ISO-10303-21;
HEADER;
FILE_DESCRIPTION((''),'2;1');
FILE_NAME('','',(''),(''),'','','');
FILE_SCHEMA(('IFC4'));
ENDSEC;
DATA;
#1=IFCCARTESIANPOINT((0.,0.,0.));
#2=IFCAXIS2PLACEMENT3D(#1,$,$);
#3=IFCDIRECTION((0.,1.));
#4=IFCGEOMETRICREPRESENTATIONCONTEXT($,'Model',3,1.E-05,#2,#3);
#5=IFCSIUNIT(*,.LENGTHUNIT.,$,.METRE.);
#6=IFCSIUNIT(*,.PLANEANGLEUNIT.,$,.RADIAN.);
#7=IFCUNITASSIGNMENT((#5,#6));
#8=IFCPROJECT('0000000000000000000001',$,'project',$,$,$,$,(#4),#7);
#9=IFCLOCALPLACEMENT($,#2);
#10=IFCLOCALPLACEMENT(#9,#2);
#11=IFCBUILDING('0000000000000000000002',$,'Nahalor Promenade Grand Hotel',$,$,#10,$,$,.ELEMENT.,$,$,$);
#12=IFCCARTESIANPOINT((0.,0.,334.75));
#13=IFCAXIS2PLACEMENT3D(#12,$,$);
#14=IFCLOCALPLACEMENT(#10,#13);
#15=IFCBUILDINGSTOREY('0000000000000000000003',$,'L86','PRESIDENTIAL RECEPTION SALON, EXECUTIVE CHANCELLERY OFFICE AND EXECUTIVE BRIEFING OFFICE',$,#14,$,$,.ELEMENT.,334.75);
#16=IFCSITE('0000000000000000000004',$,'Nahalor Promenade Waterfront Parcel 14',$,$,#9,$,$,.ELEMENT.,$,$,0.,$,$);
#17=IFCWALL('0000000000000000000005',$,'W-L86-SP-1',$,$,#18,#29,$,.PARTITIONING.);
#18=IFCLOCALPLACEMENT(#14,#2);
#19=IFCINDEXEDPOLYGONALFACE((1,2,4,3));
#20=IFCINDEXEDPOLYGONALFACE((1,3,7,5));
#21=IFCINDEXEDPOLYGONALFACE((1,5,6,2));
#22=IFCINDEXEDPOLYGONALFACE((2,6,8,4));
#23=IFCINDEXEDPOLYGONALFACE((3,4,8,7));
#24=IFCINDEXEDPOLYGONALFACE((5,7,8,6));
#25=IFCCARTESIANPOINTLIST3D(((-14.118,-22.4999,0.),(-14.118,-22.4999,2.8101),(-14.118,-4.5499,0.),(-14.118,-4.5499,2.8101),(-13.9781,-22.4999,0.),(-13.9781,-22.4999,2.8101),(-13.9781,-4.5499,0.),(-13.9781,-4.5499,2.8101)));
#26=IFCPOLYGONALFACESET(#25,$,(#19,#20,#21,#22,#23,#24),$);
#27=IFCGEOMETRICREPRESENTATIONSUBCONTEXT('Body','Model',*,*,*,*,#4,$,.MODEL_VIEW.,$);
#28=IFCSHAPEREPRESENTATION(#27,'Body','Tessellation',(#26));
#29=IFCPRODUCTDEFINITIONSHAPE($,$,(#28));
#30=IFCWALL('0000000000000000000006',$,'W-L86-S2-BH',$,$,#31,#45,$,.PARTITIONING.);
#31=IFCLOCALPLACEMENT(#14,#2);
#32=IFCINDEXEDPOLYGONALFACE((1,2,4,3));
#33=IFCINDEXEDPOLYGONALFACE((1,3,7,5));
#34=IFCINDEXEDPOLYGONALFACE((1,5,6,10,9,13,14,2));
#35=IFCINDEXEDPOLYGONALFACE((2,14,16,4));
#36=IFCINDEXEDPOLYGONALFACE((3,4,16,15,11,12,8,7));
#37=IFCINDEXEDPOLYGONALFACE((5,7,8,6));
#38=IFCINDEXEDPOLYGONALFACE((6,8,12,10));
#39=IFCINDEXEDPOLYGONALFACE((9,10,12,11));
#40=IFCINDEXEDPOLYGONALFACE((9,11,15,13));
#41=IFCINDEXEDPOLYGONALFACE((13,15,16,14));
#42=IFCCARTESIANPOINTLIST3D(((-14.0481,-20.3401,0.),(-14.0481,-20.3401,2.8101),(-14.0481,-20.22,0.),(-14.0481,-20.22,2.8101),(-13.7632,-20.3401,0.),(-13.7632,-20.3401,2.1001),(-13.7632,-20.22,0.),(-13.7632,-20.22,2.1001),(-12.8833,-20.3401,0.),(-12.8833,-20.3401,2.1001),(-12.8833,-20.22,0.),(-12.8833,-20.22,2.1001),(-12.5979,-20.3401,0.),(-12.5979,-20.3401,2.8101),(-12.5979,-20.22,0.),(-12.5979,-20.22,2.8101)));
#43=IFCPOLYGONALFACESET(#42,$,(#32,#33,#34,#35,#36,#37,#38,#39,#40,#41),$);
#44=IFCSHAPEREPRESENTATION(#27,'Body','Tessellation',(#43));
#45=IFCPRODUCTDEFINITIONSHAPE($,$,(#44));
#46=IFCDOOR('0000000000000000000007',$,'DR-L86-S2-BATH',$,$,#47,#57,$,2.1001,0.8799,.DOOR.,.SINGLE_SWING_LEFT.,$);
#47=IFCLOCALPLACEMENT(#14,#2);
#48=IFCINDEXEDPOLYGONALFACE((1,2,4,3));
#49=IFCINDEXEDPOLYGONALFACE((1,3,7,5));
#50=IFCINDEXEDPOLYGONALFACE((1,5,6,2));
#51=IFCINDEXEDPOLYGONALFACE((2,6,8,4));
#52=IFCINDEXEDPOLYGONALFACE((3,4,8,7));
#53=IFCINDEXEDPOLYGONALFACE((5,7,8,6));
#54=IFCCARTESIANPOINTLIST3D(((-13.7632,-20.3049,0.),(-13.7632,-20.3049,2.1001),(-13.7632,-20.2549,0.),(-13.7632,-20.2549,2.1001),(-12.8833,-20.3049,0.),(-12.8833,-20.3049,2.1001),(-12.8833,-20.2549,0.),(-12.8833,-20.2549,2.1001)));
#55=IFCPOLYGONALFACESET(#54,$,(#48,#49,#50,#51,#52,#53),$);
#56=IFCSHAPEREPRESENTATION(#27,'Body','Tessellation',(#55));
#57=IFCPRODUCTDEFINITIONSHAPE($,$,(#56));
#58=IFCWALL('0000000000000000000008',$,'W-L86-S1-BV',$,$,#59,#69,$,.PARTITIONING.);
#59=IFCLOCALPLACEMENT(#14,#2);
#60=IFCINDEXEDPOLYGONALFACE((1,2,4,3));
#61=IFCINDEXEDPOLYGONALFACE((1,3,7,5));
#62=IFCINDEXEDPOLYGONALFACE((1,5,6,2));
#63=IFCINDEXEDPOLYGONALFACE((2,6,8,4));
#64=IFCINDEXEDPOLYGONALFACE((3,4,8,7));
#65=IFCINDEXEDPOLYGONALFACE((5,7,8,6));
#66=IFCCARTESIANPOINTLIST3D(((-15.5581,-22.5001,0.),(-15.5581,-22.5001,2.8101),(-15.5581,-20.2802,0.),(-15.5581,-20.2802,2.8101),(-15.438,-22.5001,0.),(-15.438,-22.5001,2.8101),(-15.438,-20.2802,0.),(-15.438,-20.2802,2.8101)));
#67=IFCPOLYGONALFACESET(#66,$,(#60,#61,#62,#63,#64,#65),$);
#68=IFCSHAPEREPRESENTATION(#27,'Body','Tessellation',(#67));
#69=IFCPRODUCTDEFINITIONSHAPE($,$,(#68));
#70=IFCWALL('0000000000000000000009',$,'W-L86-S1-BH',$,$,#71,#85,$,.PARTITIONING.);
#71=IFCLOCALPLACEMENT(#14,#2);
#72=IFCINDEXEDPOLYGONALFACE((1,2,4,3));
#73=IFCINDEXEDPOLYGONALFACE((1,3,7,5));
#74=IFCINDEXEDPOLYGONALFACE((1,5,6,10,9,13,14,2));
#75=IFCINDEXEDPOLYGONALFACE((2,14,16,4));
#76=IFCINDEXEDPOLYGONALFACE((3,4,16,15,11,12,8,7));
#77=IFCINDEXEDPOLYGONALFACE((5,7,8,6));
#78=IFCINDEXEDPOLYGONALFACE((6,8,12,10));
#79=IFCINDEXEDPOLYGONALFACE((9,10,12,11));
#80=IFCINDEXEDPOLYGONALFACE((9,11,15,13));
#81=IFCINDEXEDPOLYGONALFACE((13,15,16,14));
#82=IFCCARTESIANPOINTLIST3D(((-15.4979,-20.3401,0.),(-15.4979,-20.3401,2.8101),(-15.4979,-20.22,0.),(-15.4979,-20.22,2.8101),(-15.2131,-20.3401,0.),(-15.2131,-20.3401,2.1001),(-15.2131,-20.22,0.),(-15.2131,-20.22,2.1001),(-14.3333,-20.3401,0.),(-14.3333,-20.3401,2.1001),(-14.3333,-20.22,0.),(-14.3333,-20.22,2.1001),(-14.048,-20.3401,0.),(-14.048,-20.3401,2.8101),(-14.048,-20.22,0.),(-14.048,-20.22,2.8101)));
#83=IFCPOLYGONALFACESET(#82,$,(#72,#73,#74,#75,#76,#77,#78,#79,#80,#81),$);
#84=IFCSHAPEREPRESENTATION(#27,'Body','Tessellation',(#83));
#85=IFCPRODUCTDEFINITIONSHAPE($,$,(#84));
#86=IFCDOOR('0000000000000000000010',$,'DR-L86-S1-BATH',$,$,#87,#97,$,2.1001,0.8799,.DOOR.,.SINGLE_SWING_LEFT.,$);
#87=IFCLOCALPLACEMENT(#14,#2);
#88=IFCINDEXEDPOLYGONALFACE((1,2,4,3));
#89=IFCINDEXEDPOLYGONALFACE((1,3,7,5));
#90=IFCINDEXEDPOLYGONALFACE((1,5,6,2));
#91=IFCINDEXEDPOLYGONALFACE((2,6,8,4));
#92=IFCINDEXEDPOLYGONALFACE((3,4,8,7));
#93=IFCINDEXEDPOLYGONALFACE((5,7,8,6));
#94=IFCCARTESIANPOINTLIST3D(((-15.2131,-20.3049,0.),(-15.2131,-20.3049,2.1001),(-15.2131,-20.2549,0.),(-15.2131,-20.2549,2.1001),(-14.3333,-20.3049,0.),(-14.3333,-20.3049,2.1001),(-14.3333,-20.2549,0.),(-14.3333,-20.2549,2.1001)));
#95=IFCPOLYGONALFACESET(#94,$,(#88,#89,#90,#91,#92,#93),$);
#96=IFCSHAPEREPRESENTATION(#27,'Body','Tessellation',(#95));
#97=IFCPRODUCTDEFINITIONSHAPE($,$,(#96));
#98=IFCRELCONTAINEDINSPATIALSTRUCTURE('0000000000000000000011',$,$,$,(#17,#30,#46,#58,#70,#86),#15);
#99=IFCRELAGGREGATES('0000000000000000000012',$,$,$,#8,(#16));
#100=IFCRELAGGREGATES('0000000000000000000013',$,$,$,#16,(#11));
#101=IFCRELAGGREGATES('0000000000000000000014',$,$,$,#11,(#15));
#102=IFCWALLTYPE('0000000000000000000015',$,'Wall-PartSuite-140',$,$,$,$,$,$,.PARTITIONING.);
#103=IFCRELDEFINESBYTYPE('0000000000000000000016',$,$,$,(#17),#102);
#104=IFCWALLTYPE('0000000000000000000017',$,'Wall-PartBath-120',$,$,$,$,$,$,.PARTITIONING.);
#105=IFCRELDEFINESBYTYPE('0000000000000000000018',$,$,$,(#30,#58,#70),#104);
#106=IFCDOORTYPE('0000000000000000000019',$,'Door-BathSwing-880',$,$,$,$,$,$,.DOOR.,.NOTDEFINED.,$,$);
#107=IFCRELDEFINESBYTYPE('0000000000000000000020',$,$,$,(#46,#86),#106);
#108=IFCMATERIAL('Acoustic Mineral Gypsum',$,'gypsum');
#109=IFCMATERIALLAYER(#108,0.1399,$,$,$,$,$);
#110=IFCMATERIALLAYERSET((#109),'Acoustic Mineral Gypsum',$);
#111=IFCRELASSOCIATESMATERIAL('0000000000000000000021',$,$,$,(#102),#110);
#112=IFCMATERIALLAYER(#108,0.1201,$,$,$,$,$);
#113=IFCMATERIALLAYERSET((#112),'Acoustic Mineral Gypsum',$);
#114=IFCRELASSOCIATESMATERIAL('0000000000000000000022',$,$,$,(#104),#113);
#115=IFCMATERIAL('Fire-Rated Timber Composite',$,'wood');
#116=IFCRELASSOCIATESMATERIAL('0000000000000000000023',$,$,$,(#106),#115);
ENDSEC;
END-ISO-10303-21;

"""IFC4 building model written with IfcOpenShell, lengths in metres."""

from ifc_helpers import new_model, si_unit, direction, frame, frame_2d, origin, place, context, subcontext, project, spatial, rectangle, extrude, source, transform, mapped, material, layer, layer_set, type_object, element, fill, save


model = new_model("IFC4")

# Units and contexts
model_context = context("Model", 3, precision=1e-05, world=origin(), true_north=direction((0.0, 1.0)))
body_context = subcontext(model_context, "Body", "Model", "MODEL_VIEW")
ifc_project = project(units=[si_unit("LENGTHUNIT", "METRE"), si_unit("PLANEANGLEUNIT", "RADIAN")], contexts=[model_context])

# Site, building, storey
site_placement = place(None, origin())
site = spatial("IfcSite", under=ifc_project, at=site_placement, Name="Nahalor Promenade Waterfront Parcel 14", CompositionType="ELEMENT", RefElevation=0.0)
building_placement = place(site_placement, origin())
building = spatial("IfcBuilding", under=site, at=building_placement, Name="Nahalor Promenade Grand Hotel", CompositionType="ELEMENT")
storey_placement = place(building_placement, frame((0.0, 0.0, 334.75)))
storey = spatial("IfcBuildingStorey", under=building, at=storey_placement, Name="L86", Description="PRESIDENTIAL RECEPTION SALON, EXECUTIVE CHANCELLERY OFFICE AND EXECUTIVE BRIEFING OFFICE", CompositionType="ELEMENT", Elevation=334.75)

# Wall
ifc_material_1 = material(Name="Acoustic Mineral Gypsum", Category="gypsum")
ifc_layer_1 = layer(ifc_material_1, 0.1399)
ifc_layer_set_1 = layer_set([ifc_layer_1], Name="Acoustic Mineral Gypsum")
wall_type_1 = type_object("IfcWallType", Name="Wall-PartSuite-140", PredefinedType="PARTITIONING", material=ifc_layer_set_1)
shared_shape_1 = source(origin(), body_context, "Body", "SweptSolid", [
    extrude(rectangle(XDim=17.95, YDim=0.1399, at=frame_2d((8.9751, 0.0))), origin(), (0.0, 0.0, 1.0), 2.8101),
])
wall_1_placement = place(storey_placement, frame((-14.0481, -22.5, 0.0), z_axis=(0.0, 0.0, 1.0), x_axis=(0.0, 1.0, 0.0)))
element("IfcWall", 1, at=wall_1_placement, inside=storey, type_object=wall_type_1, Name="W-L86-SP-1", PredefinedType="PARTITIONING", context=body_context, shape_type="MappedRepresentation", body=[
    mapped(shared_shape_1, transform((0.0, 0.0, 0.0), scale=1.0)),
])

# Wall, opening, door
ifc_layer_2 = layer(ifc_material_1, 0.1201)
ifc_layer_set_2 = layer_set([ifc_layer_2], Name="Acoustic Mineral Gypsum")
wall_type_2 = type_object("IfcWallType", Name="Wall-PartBath-120", PredefinedType="PARTITIONING", material=ifc_layer_set_2)
shared_shape_2 = source(origin(), body_context, "Body", "SweptSolid", [
    extrude(rectangle(XDim=1.4502, YDim=0.1201, at=frame_2d((0.7251, 0.0))), origin(), (0.0, 0.0, 1.0), 2.8101),
])
wall_2_placement = place(storey_placement, frame((-14.0481, -20.28, 0.0), z_axis=(0.0, 0.0, 1.0), x_axis=(1.0, 0.0, 0.0)))
wall_2 = element("IfcWall", 2, at=wall_2_placement, inside=storey, type_object=wall_type_2, Name="W-L86-S2-BH", PredefinedType="PARTITIONING", context=body_context, shape_type="MappedRepresentation", body=[
    mapped(shared_shape_2, transform((0.0, 0.0, 0.0), scale=1.0)),
])
opening_1_placement = place(wall_2_placement, frame((0.2849, 0.0, 0.0)))
opening_1 = element("IfcOpeningElement", 3, at=opening_1_placement, cuts=wall_2, PredefinedType="OPENING", context=body_context, shape_type="SweptSolid", body=[
    extrude(rectangle(XDim=0.8799, YDim=2.1001, at=frame_2d((0.4399, 1.05))), frame((0.0, 0.0701, 0.0), z_axis=(0.0, -1.0, 0.0), x_axis=(1.0, 0.0, 0.0)), (0.0, 0.0, 1.0), 0.1401),
])
ifc_material_2 = material(Name="Fire-Rated Timber Composite", Category="wood")
door_type = type_object("IfcDoorType", Name="Door-BathSwing-880", OperationType="NOTDEFINED", PredefinedType="DOOR", material=ifc_material_2)
shared_shape_3 = source(origin(), body_context, "Body", "SweptSolid", [
    extrude(rectangle(XDim=0.8799, YDim=2.1001, at=frame_2d((0.4399, 1.05))), frame((0.0, 0.0249, 0.0), z_axis=(0.0, -1.0, 0.0), x_axis=(1.0, 0.0, 0.0)), (0.0, 0.0, 1.0), 0.05),
])
door_1_placement = place(opening_1_placement, frame((0.8799, 0.0, 0.0), z_axis=(0.0, 0.0, 1.0), x_axis=(-1.0, 0.0, 0.0)))
door_1 = element("IfcDoor", 4, at=door_1_placement, inside=storey, type_object=door_type, Name="DR-L86-S2-BATH", OperationType="SINGLE_SWING_LEFT", OverallHeight=2.1001, OverallWidth=0.8799, PredefinedType="DOOR", context=body_context, shape_type="MappedRepresentation", body=[
    mapped(shared_shape_3, transform((0.0, 0.0, 0.0), scale=1.0)),
])
fill(opening_1, door_1)

# Wall
shared_shape_4 = source(origin(), body_context, "Body", "SweptSolid", [
    extrude(rectangle(XDim=2.22, YDim=0.1201, at=frame_2d((1.1099, 0.0))), origin(), (0.0, 0.0, 1.0), 2.8101),
])
wall_3_placement = place(storey_placement, frame((-15.498, -22.5, 0.0), z_axis=(0.0, 0.0, 1.0), x_axis=(0.0, 1.0, 0.0)))
element("IfcWall", 5, at=wall_3_placement, inside=storey, type_object=wall_type_2, Name="W-L86-S1-BV", PredefinedType="PARTITIONING", context=body_context, shape_type="MappedRepresentation", body=[
    mapped(shared_shape_4, transform((0.0, 0.0, 0.0), scale=1.0)),
])

# Wall, opening, door
shared_shape_5 = source(origin(), body_context, "Body", "SweptSolid", [
    extrude(rectangle(XDim=1.45, YDim=0.1201, at=frame_2d((0.7251, 0.0))), origin(), (0.0, 0.0, 1.0), 2.8101),
])
wall_4_placement = place(storey_placement, frame((-15.498, -20.28, 0.0), z_axis=(0.0, 0.0, 1.0), x_axis=(1.0, 0.0, 0.0)))
wall_4 = element("IfcWall", 6, at=wall_4_placement, inside=storey, type_object=wall_type_2, Name="W-L86-S1-BH", PredefinedType="PARTITIONING", context=body_context, shape_type="MappedRepresentation", body=[
    mapped(shared_shape_5, transform((0.0, 0.0, 0.0), scale=1.0)),
])
opening_2_placement = place(wall_4_placement, frame((0.2849, 0.0, 0.0)))
opening_2 = element("IfcOpeningElement", 7, at=opening_2_placement, cuts=wall_4, PredefinedType="OPENING", context=body_context, shape_type="SweptSolid", body=[
    extrude(rectangle(XDim=0.8799, YDim=2.1001, at=frame_2d((0.4399, 1.05))), frame((0.0, 0.0701, 0.0), z_axis=(0.0, -1.0, 0.0), x_axis=(1.0, 0.0, 0.0)), (0.0, 0.0, 1.0), 0.1401),
])
door_2_placement = place(opening_2_placement, frame((0.8799, 0.0, 0.0), z_axis=(0.0, 0.0, 1.0), x_axis=(-1.0, 0.0, 0.0)))
door_2 = element("IfcDoor", 8, at=door_2_placement, inside=storey, type_object=door_type, Name="DR-L86-S1-BATH", OperationType="SINGLE_SWING_LEFT", OverallHeight=2.1001, OverallWidth=0.8799, PredefinedType="DOOR", context=body_context, shape_type="MappedRepresentation", body=[
    mapped(shared_shape_3, transform((0.0, 0.0, 0.0), scale=1.0)),
])
fill(opening_2, door_2)

save(model, "model.ifc")
